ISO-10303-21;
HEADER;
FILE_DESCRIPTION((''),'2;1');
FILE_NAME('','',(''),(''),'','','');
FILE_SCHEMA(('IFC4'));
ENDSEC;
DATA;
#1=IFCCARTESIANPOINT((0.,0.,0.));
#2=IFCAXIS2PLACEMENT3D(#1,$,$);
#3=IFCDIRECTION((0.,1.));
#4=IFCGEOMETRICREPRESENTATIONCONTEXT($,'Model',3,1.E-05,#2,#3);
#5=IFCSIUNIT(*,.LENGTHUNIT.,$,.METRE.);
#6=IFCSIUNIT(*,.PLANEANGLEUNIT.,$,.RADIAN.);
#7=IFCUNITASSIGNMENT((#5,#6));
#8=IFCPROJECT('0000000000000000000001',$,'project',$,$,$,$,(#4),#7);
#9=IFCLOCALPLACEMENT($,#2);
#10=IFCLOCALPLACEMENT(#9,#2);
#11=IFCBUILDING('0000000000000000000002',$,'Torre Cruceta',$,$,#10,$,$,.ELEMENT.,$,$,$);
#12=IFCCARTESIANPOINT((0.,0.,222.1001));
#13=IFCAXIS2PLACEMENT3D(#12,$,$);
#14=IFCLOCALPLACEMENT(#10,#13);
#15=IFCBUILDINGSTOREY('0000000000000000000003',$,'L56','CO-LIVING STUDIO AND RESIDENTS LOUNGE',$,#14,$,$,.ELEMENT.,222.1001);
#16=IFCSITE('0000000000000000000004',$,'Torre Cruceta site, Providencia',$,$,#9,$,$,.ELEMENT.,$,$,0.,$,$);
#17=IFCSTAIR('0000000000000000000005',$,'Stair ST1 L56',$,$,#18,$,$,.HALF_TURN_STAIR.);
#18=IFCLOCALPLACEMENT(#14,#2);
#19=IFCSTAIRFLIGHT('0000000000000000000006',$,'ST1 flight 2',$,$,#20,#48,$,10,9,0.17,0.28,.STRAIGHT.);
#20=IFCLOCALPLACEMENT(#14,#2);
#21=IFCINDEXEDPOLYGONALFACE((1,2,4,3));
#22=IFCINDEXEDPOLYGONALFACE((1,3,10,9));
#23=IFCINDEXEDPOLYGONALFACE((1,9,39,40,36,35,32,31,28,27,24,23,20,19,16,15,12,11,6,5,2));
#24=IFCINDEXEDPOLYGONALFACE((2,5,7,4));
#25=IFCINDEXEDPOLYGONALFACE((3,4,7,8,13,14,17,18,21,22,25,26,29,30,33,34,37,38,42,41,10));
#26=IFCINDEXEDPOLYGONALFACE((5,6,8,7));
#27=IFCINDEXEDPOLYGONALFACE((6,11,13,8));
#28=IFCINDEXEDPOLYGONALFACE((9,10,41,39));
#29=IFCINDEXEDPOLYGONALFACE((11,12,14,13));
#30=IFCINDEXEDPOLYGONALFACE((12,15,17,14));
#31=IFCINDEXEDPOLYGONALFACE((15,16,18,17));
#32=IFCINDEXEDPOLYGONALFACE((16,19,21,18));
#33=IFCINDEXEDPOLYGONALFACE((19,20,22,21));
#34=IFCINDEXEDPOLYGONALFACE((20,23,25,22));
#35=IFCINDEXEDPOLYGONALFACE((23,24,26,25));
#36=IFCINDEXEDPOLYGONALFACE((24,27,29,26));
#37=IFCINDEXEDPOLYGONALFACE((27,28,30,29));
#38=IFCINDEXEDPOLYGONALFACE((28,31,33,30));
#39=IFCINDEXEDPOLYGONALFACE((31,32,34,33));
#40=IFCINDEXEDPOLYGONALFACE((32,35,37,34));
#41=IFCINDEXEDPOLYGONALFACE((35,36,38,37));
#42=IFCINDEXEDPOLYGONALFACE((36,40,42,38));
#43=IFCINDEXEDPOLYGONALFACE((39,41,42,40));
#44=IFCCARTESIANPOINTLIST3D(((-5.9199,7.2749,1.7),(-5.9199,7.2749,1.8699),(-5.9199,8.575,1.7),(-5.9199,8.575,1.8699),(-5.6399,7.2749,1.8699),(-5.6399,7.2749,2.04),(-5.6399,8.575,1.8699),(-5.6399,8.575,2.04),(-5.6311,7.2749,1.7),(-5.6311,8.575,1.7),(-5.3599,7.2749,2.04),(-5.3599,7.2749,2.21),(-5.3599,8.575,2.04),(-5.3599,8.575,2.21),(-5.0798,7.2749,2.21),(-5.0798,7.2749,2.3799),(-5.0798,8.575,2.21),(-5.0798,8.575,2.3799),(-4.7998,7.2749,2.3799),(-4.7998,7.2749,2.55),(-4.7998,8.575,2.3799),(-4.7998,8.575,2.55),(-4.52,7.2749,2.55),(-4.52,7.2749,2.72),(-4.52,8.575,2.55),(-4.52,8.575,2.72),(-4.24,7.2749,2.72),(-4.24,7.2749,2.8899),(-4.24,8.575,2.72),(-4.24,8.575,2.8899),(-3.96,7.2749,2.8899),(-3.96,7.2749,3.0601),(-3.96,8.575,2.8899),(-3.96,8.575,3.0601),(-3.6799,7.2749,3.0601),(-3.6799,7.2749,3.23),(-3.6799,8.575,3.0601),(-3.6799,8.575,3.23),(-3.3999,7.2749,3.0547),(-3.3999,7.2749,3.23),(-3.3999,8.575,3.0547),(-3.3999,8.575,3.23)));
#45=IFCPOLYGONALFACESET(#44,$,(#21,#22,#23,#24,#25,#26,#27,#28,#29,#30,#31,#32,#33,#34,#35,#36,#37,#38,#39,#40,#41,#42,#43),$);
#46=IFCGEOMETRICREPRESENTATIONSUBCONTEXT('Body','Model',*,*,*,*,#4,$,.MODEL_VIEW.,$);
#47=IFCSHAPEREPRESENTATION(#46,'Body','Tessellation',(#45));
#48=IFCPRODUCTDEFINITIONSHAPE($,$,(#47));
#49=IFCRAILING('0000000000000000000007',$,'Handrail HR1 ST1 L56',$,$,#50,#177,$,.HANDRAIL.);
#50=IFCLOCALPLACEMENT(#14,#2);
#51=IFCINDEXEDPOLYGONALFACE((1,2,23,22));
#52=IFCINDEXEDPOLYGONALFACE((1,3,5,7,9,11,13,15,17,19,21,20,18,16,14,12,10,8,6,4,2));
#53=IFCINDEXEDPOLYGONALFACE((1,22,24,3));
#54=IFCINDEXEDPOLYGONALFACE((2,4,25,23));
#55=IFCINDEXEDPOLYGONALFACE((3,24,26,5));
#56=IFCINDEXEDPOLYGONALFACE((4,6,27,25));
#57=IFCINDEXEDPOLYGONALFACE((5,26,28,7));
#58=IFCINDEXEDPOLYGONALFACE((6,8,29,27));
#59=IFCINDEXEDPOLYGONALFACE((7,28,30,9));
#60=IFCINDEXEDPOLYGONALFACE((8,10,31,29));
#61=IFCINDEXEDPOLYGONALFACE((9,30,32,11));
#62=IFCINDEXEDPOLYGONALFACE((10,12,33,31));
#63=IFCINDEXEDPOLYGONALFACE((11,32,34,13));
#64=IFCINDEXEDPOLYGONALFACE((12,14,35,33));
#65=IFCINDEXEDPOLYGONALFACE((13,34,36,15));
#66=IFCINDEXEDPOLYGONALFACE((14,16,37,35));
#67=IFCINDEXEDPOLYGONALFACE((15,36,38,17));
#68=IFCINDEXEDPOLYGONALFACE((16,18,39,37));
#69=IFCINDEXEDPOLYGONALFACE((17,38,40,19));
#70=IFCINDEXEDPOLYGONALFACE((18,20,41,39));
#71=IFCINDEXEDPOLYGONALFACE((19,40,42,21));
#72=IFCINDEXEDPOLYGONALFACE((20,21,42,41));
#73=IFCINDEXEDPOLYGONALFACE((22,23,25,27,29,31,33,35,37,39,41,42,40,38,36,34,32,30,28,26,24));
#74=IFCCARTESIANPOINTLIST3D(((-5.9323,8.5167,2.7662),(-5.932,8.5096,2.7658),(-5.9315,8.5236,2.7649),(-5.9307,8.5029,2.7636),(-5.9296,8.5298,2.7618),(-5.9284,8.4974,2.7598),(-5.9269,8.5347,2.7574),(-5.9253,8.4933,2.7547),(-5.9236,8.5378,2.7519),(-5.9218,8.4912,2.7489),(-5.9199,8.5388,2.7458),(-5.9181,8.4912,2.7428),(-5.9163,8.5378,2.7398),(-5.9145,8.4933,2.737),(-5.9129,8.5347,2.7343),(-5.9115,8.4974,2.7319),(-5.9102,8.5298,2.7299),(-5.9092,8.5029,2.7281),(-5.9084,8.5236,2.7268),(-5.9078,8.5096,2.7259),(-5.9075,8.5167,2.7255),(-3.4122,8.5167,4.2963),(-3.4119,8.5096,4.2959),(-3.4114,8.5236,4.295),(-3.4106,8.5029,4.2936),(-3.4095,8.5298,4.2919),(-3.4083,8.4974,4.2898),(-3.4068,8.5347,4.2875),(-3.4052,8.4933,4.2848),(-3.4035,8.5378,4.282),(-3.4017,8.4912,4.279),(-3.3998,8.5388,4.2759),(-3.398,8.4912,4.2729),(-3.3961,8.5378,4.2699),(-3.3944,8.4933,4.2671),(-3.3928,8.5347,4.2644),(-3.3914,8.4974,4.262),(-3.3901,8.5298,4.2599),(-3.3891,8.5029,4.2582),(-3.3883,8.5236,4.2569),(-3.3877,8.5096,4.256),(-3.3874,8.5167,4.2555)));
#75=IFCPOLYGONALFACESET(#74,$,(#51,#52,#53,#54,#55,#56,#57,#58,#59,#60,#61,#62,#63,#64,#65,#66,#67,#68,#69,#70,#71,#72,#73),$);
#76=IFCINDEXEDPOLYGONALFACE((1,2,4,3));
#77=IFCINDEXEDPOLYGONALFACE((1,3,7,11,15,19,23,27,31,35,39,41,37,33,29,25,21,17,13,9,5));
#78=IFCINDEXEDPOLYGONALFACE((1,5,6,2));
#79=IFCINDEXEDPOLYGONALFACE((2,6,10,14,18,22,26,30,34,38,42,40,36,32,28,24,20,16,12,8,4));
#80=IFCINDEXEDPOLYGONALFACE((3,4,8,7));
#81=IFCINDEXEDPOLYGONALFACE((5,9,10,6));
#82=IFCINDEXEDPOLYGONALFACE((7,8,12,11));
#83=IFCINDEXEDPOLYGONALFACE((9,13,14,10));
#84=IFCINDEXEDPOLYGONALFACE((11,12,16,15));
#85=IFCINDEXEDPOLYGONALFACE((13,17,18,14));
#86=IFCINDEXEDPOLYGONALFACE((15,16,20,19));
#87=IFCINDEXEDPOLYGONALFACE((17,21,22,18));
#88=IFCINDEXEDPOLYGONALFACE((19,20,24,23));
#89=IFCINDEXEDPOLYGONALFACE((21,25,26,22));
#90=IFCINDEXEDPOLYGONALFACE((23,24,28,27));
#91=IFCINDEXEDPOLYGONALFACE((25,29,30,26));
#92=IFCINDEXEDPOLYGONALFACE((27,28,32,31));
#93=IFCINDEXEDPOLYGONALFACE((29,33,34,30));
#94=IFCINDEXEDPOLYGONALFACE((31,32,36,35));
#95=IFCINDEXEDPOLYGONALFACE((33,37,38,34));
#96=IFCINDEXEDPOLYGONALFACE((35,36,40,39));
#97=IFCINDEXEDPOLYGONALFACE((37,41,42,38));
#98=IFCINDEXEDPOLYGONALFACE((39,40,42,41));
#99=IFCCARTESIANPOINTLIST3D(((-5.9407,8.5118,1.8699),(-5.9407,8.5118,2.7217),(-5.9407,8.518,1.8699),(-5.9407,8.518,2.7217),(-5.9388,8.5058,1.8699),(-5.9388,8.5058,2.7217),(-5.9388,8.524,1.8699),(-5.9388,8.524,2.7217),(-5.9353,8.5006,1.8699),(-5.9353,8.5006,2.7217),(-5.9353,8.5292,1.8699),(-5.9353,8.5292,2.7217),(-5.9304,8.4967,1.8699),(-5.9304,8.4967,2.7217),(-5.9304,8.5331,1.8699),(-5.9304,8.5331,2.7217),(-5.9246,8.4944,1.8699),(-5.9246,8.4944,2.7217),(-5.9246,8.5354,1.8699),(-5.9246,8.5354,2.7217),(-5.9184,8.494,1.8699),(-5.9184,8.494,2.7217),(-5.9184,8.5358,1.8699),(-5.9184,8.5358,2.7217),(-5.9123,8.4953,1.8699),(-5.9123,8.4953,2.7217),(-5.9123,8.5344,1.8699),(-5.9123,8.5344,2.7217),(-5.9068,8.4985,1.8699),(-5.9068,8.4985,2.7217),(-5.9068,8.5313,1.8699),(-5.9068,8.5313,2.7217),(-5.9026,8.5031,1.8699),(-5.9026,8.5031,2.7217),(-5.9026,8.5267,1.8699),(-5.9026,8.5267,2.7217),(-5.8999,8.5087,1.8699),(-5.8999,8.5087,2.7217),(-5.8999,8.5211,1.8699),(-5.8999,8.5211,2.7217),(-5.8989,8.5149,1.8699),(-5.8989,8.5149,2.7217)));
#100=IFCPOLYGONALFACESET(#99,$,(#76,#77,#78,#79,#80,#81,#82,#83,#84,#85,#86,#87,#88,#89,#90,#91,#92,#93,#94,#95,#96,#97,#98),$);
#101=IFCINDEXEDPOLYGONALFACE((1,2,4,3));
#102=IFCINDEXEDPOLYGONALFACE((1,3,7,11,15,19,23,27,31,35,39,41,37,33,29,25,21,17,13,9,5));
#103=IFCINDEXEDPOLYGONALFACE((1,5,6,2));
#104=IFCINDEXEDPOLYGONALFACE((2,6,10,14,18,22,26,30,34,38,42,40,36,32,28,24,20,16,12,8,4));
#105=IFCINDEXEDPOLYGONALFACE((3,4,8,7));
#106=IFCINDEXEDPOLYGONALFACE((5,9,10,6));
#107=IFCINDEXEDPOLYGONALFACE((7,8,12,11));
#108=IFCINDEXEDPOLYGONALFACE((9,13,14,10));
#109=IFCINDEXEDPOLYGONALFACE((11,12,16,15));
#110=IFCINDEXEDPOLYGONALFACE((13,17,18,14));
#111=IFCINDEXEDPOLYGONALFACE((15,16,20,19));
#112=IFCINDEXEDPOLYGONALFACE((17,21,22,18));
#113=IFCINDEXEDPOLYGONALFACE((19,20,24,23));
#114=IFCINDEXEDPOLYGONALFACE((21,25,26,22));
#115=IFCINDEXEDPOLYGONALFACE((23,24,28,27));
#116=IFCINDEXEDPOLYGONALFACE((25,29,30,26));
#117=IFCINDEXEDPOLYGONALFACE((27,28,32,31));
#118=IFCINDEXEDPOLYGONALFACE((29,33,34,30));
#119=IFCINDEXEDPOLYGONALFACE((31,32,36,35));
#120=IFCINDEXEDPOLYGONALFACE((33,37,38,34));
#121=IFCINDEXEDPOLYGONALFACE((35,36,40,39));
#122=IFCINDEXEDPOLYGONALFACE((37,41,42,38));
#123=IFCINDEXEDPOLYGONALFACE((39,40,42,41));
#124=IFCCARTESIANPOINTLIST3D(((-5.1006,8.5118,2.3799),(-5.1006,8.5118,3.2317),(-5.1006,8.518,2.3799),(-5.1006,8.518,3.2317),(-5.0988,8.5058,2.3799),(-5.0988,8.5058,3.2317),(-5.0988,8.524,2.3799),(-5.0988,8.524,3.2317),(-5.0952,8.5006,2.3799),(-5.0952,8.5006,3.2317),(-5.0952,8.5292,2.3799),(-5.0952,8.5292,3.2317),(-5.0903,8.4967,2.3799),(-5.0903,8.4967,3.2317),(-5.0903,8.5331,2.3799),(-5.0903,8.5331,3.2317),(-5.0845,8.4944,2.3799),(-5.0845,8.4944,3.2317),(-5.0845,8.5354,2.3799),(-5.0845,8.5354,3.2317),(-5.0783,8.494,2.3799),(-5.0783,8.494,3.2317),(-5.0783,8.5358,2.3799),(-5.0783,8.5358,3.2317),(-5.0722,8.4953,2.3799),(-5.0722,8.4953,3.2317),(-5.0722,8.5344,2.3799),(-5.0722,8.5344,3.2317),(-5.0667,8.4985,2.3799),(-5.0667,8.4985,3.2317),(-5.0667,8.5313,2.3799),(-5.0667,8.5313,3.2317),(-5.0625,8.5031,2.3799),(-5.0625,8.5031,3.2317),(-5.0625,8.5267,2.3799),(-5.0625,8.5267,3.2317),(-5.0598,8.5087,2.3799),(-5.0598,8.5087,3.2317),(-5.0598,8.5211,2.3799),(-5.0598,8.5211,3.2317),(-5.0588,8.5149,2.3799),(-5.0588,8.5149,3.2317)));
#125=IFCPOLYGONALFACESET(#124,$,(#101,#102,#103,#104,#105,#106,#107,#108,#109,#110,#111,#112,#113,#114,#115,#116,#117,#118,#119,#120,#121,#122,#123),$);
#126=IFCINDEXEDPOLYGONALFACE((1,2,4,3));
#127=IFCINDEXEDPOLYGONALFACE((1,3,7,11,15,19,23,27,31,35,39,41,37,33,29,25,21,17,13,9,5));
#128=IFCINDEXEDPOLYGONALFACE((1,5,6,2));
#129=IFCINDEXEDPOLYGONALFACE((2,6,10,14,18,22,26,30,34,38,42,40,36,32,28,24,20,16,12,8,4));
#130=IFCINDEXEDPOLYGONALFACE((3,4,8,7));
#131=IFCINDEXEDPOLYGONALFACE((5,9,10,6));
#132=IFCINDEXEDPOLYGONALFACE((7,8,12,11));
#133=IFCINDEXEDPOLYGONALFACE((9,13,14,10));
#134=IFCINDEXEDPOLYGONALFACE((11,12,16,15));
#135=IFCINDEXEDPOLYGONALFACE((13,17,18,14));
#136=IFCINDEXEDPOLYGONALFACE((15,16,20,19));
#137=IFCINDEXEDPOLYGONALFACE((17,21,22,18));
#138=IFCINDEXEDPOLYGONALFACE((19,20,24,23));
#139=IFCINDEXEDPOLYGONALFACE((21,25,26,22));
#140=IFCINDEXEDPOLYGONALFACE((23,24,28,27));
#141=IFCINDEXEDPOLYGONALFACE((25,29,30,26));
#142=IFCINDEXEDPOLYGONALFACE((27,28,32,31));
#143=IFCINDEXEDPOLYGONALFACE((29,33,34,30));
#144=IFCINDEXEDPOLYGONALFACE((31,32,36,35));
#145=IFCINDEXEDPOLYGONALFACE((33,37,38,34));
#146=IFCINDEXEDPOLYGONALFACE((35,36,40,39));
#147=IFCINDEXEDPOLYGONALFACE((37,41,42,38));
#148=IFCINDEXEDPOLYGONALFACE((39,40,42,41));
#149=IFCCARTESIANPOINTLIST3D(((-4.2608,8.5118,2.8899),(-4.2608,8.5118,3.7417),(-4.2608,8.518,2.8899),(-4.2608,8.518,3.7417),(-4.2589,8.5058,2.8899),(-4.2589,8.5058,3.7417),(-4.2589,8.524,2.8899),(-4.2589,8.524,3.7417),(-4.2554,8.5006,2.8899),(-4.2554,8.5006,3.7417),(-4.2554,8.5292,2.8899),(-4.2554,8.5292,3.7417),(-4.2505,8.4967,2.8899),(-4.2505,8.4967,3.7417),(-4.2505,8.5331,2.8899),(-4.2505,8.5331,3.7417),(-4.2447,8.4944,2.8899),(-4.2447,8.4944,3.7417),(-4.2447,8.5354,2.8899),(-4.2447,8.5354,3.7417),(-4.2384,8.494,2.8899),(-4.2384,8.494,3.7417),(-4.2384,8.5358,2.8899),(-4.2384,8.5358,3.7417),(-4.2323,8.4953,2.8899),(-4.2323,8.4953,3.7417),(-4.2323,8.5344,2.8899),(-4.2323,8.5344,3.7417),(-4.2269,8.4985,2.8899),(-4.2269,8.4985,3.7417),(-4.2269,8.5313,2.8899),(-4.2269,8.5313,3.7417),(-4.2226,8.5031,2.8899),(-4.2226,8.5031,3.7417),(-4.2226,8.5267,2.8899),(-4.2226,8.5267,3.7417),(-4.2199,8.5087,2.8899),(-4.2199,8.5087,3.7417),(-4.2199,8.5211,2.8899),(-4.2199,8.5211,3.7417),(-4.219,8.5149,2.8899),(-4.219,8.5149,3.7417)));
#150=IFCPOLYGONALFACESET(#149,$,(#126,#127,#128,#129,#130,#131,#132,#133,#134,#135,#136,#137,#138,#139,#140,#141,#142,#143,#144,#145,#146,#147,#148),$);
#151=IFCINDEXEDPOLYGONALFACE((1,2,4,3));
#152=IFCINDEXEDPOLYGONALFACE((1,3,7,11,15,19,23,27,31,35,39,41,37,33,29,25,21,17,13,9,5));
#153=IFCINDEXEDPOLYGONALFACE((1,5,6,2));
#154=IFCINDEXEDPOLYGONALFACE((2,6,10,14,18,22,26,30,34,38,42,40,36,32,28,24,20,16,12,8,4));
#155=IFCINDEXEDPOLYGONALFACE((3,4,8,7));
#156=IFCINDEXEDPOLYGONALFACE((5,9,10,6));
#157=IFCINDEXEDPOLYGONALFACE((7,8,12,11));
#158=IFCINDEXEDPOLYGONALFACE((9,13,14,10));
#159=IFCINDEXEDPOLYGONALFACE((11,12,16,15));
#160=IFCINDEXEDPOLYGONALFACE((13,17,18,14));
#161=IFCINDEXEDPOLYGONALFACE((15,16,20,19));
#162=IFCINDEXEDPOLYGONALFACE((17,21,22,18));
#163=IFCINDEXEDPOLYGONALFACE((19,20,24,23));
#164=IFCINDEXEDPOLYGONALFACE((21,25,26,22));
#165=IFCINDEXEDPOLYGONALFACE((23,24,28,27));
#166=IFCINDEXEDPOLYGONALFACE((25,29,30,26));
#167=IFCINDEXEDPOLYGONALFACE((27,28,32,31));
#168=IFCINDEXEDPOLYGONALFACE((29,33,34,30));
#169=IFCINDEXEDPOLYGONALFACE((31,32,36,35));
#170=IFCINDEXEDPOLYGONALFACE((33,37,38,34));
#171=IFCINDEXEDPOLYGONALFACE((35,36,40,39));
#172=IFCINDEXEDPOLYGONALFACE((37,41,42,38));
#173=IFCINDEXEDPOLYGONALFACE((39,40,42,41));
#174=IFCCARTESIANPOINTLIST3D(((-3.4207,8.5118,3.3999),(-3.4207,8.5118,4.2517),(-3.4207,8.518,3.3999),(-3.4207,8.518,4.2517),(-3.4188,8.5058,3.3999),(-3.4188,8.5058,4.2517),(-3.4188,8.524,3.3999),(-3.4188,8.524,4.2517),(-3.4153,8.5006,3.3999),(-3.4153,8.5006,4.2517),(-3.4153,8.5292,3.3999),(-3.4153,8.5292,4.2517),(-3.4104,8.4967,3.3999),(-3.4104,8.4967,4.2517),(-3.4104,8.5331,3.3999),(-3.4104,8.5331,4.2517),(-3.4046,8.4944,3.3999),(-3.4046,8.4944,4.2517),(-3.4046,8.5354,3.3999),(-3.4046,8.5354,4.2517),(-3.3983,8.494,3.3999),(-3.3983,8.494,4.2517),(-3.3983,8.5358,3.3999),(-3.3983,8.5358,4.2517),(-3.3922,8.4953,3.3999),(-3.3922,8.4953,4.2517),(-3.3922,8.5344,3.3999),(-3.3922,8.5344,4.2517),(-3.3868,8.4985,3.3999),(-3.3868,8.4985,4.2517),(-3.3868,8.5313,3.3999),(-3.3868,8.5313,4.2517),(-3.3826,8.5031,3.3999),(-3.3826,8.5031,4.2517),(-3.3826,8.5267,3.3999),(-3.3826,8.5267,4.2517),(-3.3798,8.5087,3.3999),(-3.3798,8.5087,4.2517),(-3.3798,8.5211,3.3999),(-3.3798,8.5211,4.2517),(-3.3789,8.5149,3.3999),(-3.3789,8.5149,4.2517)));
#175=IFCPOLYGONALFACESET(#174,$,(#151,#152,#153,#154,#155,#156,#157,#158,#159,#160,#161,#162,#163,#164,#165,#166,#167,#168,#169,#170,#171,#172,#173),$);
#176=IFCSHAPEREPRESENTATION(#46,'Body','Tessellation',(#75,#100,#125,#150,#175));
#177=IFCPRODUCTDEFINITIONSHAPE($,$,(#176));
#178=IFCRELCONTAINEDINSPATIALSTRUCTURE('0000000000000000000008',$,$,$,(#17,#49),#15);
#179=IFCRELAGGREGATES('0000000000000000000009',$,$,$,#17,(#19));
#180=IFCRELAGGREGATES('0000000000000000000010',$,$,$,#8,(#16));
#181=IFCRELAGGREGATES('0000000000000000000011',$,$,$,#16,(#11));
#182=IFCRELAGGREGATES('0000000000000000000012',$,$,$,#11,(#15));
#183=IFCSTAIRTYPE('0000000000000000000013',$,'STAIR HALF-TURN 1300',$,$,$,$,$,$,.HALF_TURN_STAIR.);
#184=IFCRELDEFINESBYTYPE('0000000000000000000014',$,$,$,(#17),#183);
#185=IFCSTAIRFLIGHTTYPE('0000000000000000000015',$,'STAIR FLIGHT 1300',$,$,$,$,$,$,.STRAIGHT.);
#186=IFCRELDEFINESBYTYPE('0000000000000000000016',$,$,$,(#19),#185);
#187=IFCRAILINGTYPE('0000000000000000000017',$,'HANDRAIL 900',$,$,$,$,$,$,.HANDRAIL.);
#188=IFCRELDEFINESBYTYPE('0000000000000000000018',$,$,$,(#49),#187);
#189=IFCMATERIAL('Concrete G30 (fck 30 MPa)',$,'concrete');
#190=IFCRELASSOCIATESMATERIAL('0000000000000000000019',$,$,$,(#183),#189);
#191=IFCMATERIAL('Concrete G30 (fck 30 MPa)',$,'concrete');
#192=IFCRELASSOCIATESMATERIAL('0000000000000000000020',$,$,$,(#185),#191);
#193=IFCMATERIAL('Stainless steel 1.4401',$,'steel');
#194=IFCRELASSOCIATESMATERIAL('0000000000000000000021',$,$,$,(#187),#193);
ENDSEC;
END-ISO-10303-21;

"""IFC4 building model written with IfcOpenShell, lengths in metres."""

from ifc_helpers import new_model, si_unit, direction, frame, origin, origin_2d, place, context, subcontext, project, spatial, polyline, circle, outline, extrude, material, type_object, element, aggregate, save


model = new_model("IFC4")

# Units and contexts
model_context = context("Model", 3, precision=1e-05, world=origin(), true_north=direction((0.0, 1.0)))
body_context = subcontext(model_context, "Body", "Model", "MODEL_VIEW")
ifc_project = project(units=[si_unit("LENGTHUNIT", "METRE"), si_unit("PLANEANGLEUNIT", "RADIAN")], contexts=[model_context])

# Site, building, storey
site_placement = place(None, origin())
site = spatial("IfcSite", under=ifc_project, at=site_placement, Name="Torre Cruceta site, Providencia", CompositionType="ELEMENT", RefElevation=0.0)
building_placement = place(site_placement, origin())
building = spatial("IfcBuilding", under=site, at=building_placement, Name="Torre Cruceta", CompositionType="ELEMENT")
storey_placement = place(building_placement, frame((0.0, 0.0, 222.1001)))
storey = spatial("IfcBuildingStorey", under=building, at=storey_placement, Name="L56", Description="CO-LIVING STUDIO AND RESIDENTS LOUNGE", CompositionType="ELEMENT", Elevation=222.1001)

# Stair, stair flight
ifc_material_1 = material(Name="Concrete G30 (fck 30 MPa)", Category="concrete")
stair_type = type_object("IfcStairType", Name="STAIR HALF-TURN 1300", PredefinedType="HALF_TURN_STAIR", material=ifc_material_1)
stair_placement = place(storey_placement, origin())
stair = element("IfcStair", 1, at=stair_placement, inside=storey, type_object=stair_type, Name="Stair ST1 L56", PredefinedType="HALF_TURN_STAIR")
ifc_material_2 = material(Name="Concrete G30 (fck 30 MPa)", Category="concrete")
stair_flight_type = type_object("IfcStairFlightType", Name="STAIR FLIGHT 1300", PredefinedType="STRAIGHT", material=ifc_material_2)
stair_flight_1_placement = place(storey_placement, frame((-5.9199, 7.925, 1.7), z_axis=(0.0, 0.0, 1.0), x_axis=(1.0, 0.0, 0.0)))
stair_flight_1 = element("IfcStairFlight", 2, at=stair_flight_1_placement, type_object=stair_flight_type, Name="ST1 flight 2", NumberOfRisers=10, NumberOfTreads=9, PredefinedType="STRAIGHT", RiserHeight=0.17, TreadLength=0.28, context=body_context, shape_type="SweptSolid", body=[
    extrude(outline(polyline([(0.0, 0.0), (0.0, 0.1699), (0.28, 0.1699), (0.28, 0.3401), (0.5601, 0.3401), (0.5601, 0.51), (0.8401, 0.51), (0.8401, 0.6799), (1.1201, 0.6799), (1.1201, 0.8501), (1.3999, 0.8501), (1.3999, 1.02), (1.6799, 1.02), (1.6799, 1.1899), (1.96, 1.1899), (1.96, 1.3601), (2.24, 1.3601), (2.24, 1.53), (2.52, 1.53), (2.52, 1.7), (2.52, 1.3547), (0.2888, 0.0), (0.0, 0.0)])), frame((0.0, 0.6499, 0.0), z_axis=(0.0, -1.0, 0.0), x_axis=(1.0, 0.0, 0.0)), (0.0, 0.0, 1.0), 1.3),
])
aggregate(stair, [stair_flight_1])

# Railing
ifc_material_3 = material(Name="Stainless steel 1.4401", Category="steel")
railing_type = type_object("IfcRailingType", Name="HANDRAIL 900", PredefinedType="HANDRAIL", material=ifc_material_3)
railing_1_placement = place(storey_placement, frame((-5.9199, 8.5149, 1.8699)))
element("IfcRailing", 3, at=railing_1_placement, inside=storey, type_object=railing_type, Name="Handrail HR1 ST1 L56", PredefinedType="HANDRAIL", context=body_context, shape_type="SweptSolid", body=[
    extrude(circle(Radius=0.0239, at=origin_2d()), frame((0.0, 0.0, 0.876), z_axis=(0.854785, 0.0, 0.518982), x_axis=(0.0, 1.0, 0.0)), (0.0, 0.0, 1.0), 2.9482),
    extrude(circle(Radius=0.021, at=origin_2d()), origin(), (0.0, 0.0, 1.0), 0.8518),
    extrude(circle(Radius=0.021, at=origin_2d()), frame((0.8401, 0.0, 0.51)), (0.0, 0.0, 1.0), 0.8518),
    extrude(circle(Radius=0.021, at=origin_2d()), frame((1.6799, 0.0, 1.02)), (0.0, 0.0, 1.0), 0.8518),
    extrude(circle(Radius=0.021, at=origin_2d()), frame((2.52, 0.0, 1.53)), (0.0, 0.0, 1.0), 0.8518),
])

save(model, "model.ifc")
